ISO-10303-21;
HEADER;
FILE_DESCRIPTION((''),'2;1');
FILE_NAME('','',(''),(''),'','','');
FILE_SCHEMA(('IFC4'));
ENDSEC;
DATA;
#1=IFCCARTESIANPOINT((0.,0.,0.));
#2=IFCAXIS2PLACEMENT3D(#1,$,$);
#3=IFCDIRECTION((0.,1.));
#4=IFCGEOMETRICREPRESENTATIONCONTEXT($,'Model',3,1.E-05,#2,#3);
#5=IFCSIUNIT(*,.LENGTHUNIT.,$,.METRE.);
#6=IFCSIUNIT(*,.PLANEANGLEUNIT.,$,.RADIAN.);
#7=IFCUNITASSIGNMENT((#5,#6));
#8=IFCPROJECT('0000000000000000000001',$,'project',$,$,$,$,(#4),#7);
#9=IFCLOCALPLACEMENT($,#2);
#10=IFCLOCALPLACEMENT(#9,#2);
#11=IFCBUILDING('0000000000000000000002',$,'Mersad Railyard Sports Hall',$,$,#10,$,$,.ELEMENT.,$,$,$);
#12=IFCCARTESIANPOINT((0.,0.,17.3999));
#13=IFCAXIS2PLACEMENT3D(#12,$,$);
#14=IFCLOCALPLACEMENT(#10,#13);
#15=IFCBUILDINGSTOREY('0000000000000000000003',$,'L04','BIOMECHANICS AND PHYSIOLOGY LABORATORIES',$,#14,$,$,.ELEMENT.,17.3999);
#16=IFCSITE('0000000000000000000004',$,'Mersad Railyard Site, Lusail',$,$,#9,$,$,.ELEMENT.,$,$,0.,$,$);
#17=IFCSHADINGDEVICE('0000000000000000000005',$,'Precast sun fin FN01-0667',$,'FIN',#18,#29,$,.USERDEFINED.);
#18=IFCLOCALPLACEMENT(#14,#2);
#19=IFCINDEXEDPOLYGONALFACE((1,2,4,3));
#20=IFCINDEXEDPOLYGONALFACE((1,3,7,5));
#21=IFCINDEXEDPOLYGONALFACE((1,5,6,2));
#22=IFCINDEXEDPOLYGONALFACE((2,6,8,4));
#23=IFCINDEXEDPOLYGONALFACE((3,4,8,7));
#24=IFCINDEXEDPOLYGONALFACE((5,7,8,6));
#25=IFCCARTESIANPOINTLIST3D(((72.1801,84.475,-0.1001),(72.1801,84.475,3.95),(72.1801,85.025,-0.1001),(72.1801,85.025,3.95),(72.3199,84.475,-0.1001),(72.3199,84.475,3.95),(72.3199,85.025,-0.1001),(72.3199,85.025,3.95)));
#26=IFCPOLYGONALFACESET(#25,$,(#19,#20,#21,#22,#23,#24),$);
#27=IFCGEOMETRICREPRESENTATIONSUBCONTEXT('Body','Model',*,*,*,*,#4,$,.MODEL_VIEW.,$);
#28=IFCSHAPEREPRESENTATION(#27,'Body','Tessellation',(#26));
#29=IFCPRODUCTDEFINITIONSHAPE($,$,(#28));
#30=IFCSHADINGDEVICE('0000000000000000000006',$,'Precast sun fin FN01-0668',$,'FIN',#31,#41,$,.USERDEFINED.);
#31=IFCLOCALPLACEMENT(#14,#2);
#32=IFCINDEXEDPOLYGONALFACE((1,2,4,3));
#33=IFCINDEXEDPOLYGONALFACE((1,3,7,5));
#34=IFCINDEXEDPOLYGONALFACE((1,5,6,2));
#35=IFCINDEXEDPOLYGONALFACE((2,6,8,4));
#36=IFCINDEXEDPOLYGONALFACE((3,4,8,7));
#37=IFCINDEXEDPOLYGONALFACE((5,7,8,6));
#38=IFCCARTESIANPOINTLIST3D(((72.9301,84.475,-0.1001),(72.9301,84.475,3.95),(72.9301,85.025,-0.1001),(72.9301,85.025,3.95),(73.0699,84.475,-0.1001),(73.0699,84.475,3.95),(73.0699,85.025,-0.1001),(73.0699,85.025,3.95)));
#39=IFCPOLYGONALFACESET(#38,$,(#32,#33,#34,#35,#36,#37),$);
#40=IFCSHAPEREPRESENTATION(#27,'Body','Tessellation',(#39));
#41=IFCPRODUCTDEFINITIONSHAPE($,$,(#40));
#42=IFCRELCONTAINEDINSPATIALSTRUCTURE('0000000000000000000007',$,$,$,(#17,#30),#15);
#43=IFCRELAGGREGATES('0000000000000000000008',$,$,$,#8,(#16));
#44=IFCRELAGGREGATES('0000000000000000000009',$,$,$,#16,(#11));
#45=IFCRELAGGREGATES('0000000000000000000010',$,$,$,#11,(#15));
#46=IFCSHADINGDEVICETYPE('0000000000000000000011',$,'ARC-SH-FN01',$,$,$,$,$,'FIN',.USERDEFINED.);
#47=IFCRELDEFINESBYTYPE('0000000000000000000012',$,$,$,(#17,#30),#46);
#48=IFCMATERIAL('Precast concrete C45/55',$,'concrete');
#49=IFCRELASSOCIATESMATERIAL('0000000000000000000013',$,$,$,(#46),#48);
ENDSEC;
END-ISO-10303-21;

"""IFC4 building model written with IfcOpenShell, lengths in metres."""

from ifc_helpers import new_model, si_unit, direction, frame, origin, origin_2d, place, context, subcontext, project, spatial, rectangle, extrude, material, type_object, element, save


model = new_model("IFC4")

# Units and contexts
model_context = context("Model", 3, precision=1e-05, world=origin(), true_north=direction((0.0, 1.0)))
body_context = subcontext(model_context, "Body", "Model", "MODEL_VIEW")
ifc_project = project(units=[si_unit("LENGTHUNIT", "METRE"), si_unit("PLANEANGLEUNIT", "RADIAN")], contexts=[model_context])

# Site, building, storey
site_placement = place(None, origin())
site = spatial("IfcSite", under=ifc_project, at=site_placement, Name="Mersad Railyard Site, Lusail", CompositionType="ELEMENT", RefElevation=0.0)
building_placement = place(site_placement, origin())
building = spatial("IfcBuilding", under=site, at=building_placement, Name="Mersad Railyard Sports Hall", CompositionType="ELEMENT")
storey_placement = place(building_placement, frame((0.0, 0.0, 17.3999)))
storey = spatial("IfcBuildingStorey", under=building, at=storey_placement, Name="L04", Description="BIOMECHANICS AND PHYSIOLOGY LABORATORIES", CompositionType="ELEMENT", Elevation=17.3999)

# Shading devices
ifc_material_1 = material(Name="Precast concrete C45/55", Category="concrete")
shading_device_type = type_object("IfcShadingDeviceType", Name="ARC-SH-FN01", ElementType="FIN", PredefinedType="USERDEFINED", material=ifc_material_1)
for number, where, z_axis, x_axis, name in (
    (1, (72.25, 84.75, -0.1001), (0.0, 0.0, 1.0), (1.0, 0.0, 0.0), "Precast sun fin FN01-0667"),
    (2, (73.0, 84.75, -0.1001), (0.0, 0.0, 1.0), (1.0, 0.0, 0.0), "Precast sun fin FN01-0668"),
):
    element("IfcShadingDevice", number, at=place(storey_placement, frame(where, z_axis=z_axis, x_axis=x_axis)), inside=storey, type_object=shading_device_type, Name=name, ObjectType="FIN", PredefinedType="USERDEFINED", context=body_context, shape_type="SweptSolid", body=[
        extrude(rectangle(XDim=0.1399, YDim=0.55, at=origin_2d()), origin(), (0.0, 0.0, 1.0), 4.05),
    ])

save(model, "model.ifc")
